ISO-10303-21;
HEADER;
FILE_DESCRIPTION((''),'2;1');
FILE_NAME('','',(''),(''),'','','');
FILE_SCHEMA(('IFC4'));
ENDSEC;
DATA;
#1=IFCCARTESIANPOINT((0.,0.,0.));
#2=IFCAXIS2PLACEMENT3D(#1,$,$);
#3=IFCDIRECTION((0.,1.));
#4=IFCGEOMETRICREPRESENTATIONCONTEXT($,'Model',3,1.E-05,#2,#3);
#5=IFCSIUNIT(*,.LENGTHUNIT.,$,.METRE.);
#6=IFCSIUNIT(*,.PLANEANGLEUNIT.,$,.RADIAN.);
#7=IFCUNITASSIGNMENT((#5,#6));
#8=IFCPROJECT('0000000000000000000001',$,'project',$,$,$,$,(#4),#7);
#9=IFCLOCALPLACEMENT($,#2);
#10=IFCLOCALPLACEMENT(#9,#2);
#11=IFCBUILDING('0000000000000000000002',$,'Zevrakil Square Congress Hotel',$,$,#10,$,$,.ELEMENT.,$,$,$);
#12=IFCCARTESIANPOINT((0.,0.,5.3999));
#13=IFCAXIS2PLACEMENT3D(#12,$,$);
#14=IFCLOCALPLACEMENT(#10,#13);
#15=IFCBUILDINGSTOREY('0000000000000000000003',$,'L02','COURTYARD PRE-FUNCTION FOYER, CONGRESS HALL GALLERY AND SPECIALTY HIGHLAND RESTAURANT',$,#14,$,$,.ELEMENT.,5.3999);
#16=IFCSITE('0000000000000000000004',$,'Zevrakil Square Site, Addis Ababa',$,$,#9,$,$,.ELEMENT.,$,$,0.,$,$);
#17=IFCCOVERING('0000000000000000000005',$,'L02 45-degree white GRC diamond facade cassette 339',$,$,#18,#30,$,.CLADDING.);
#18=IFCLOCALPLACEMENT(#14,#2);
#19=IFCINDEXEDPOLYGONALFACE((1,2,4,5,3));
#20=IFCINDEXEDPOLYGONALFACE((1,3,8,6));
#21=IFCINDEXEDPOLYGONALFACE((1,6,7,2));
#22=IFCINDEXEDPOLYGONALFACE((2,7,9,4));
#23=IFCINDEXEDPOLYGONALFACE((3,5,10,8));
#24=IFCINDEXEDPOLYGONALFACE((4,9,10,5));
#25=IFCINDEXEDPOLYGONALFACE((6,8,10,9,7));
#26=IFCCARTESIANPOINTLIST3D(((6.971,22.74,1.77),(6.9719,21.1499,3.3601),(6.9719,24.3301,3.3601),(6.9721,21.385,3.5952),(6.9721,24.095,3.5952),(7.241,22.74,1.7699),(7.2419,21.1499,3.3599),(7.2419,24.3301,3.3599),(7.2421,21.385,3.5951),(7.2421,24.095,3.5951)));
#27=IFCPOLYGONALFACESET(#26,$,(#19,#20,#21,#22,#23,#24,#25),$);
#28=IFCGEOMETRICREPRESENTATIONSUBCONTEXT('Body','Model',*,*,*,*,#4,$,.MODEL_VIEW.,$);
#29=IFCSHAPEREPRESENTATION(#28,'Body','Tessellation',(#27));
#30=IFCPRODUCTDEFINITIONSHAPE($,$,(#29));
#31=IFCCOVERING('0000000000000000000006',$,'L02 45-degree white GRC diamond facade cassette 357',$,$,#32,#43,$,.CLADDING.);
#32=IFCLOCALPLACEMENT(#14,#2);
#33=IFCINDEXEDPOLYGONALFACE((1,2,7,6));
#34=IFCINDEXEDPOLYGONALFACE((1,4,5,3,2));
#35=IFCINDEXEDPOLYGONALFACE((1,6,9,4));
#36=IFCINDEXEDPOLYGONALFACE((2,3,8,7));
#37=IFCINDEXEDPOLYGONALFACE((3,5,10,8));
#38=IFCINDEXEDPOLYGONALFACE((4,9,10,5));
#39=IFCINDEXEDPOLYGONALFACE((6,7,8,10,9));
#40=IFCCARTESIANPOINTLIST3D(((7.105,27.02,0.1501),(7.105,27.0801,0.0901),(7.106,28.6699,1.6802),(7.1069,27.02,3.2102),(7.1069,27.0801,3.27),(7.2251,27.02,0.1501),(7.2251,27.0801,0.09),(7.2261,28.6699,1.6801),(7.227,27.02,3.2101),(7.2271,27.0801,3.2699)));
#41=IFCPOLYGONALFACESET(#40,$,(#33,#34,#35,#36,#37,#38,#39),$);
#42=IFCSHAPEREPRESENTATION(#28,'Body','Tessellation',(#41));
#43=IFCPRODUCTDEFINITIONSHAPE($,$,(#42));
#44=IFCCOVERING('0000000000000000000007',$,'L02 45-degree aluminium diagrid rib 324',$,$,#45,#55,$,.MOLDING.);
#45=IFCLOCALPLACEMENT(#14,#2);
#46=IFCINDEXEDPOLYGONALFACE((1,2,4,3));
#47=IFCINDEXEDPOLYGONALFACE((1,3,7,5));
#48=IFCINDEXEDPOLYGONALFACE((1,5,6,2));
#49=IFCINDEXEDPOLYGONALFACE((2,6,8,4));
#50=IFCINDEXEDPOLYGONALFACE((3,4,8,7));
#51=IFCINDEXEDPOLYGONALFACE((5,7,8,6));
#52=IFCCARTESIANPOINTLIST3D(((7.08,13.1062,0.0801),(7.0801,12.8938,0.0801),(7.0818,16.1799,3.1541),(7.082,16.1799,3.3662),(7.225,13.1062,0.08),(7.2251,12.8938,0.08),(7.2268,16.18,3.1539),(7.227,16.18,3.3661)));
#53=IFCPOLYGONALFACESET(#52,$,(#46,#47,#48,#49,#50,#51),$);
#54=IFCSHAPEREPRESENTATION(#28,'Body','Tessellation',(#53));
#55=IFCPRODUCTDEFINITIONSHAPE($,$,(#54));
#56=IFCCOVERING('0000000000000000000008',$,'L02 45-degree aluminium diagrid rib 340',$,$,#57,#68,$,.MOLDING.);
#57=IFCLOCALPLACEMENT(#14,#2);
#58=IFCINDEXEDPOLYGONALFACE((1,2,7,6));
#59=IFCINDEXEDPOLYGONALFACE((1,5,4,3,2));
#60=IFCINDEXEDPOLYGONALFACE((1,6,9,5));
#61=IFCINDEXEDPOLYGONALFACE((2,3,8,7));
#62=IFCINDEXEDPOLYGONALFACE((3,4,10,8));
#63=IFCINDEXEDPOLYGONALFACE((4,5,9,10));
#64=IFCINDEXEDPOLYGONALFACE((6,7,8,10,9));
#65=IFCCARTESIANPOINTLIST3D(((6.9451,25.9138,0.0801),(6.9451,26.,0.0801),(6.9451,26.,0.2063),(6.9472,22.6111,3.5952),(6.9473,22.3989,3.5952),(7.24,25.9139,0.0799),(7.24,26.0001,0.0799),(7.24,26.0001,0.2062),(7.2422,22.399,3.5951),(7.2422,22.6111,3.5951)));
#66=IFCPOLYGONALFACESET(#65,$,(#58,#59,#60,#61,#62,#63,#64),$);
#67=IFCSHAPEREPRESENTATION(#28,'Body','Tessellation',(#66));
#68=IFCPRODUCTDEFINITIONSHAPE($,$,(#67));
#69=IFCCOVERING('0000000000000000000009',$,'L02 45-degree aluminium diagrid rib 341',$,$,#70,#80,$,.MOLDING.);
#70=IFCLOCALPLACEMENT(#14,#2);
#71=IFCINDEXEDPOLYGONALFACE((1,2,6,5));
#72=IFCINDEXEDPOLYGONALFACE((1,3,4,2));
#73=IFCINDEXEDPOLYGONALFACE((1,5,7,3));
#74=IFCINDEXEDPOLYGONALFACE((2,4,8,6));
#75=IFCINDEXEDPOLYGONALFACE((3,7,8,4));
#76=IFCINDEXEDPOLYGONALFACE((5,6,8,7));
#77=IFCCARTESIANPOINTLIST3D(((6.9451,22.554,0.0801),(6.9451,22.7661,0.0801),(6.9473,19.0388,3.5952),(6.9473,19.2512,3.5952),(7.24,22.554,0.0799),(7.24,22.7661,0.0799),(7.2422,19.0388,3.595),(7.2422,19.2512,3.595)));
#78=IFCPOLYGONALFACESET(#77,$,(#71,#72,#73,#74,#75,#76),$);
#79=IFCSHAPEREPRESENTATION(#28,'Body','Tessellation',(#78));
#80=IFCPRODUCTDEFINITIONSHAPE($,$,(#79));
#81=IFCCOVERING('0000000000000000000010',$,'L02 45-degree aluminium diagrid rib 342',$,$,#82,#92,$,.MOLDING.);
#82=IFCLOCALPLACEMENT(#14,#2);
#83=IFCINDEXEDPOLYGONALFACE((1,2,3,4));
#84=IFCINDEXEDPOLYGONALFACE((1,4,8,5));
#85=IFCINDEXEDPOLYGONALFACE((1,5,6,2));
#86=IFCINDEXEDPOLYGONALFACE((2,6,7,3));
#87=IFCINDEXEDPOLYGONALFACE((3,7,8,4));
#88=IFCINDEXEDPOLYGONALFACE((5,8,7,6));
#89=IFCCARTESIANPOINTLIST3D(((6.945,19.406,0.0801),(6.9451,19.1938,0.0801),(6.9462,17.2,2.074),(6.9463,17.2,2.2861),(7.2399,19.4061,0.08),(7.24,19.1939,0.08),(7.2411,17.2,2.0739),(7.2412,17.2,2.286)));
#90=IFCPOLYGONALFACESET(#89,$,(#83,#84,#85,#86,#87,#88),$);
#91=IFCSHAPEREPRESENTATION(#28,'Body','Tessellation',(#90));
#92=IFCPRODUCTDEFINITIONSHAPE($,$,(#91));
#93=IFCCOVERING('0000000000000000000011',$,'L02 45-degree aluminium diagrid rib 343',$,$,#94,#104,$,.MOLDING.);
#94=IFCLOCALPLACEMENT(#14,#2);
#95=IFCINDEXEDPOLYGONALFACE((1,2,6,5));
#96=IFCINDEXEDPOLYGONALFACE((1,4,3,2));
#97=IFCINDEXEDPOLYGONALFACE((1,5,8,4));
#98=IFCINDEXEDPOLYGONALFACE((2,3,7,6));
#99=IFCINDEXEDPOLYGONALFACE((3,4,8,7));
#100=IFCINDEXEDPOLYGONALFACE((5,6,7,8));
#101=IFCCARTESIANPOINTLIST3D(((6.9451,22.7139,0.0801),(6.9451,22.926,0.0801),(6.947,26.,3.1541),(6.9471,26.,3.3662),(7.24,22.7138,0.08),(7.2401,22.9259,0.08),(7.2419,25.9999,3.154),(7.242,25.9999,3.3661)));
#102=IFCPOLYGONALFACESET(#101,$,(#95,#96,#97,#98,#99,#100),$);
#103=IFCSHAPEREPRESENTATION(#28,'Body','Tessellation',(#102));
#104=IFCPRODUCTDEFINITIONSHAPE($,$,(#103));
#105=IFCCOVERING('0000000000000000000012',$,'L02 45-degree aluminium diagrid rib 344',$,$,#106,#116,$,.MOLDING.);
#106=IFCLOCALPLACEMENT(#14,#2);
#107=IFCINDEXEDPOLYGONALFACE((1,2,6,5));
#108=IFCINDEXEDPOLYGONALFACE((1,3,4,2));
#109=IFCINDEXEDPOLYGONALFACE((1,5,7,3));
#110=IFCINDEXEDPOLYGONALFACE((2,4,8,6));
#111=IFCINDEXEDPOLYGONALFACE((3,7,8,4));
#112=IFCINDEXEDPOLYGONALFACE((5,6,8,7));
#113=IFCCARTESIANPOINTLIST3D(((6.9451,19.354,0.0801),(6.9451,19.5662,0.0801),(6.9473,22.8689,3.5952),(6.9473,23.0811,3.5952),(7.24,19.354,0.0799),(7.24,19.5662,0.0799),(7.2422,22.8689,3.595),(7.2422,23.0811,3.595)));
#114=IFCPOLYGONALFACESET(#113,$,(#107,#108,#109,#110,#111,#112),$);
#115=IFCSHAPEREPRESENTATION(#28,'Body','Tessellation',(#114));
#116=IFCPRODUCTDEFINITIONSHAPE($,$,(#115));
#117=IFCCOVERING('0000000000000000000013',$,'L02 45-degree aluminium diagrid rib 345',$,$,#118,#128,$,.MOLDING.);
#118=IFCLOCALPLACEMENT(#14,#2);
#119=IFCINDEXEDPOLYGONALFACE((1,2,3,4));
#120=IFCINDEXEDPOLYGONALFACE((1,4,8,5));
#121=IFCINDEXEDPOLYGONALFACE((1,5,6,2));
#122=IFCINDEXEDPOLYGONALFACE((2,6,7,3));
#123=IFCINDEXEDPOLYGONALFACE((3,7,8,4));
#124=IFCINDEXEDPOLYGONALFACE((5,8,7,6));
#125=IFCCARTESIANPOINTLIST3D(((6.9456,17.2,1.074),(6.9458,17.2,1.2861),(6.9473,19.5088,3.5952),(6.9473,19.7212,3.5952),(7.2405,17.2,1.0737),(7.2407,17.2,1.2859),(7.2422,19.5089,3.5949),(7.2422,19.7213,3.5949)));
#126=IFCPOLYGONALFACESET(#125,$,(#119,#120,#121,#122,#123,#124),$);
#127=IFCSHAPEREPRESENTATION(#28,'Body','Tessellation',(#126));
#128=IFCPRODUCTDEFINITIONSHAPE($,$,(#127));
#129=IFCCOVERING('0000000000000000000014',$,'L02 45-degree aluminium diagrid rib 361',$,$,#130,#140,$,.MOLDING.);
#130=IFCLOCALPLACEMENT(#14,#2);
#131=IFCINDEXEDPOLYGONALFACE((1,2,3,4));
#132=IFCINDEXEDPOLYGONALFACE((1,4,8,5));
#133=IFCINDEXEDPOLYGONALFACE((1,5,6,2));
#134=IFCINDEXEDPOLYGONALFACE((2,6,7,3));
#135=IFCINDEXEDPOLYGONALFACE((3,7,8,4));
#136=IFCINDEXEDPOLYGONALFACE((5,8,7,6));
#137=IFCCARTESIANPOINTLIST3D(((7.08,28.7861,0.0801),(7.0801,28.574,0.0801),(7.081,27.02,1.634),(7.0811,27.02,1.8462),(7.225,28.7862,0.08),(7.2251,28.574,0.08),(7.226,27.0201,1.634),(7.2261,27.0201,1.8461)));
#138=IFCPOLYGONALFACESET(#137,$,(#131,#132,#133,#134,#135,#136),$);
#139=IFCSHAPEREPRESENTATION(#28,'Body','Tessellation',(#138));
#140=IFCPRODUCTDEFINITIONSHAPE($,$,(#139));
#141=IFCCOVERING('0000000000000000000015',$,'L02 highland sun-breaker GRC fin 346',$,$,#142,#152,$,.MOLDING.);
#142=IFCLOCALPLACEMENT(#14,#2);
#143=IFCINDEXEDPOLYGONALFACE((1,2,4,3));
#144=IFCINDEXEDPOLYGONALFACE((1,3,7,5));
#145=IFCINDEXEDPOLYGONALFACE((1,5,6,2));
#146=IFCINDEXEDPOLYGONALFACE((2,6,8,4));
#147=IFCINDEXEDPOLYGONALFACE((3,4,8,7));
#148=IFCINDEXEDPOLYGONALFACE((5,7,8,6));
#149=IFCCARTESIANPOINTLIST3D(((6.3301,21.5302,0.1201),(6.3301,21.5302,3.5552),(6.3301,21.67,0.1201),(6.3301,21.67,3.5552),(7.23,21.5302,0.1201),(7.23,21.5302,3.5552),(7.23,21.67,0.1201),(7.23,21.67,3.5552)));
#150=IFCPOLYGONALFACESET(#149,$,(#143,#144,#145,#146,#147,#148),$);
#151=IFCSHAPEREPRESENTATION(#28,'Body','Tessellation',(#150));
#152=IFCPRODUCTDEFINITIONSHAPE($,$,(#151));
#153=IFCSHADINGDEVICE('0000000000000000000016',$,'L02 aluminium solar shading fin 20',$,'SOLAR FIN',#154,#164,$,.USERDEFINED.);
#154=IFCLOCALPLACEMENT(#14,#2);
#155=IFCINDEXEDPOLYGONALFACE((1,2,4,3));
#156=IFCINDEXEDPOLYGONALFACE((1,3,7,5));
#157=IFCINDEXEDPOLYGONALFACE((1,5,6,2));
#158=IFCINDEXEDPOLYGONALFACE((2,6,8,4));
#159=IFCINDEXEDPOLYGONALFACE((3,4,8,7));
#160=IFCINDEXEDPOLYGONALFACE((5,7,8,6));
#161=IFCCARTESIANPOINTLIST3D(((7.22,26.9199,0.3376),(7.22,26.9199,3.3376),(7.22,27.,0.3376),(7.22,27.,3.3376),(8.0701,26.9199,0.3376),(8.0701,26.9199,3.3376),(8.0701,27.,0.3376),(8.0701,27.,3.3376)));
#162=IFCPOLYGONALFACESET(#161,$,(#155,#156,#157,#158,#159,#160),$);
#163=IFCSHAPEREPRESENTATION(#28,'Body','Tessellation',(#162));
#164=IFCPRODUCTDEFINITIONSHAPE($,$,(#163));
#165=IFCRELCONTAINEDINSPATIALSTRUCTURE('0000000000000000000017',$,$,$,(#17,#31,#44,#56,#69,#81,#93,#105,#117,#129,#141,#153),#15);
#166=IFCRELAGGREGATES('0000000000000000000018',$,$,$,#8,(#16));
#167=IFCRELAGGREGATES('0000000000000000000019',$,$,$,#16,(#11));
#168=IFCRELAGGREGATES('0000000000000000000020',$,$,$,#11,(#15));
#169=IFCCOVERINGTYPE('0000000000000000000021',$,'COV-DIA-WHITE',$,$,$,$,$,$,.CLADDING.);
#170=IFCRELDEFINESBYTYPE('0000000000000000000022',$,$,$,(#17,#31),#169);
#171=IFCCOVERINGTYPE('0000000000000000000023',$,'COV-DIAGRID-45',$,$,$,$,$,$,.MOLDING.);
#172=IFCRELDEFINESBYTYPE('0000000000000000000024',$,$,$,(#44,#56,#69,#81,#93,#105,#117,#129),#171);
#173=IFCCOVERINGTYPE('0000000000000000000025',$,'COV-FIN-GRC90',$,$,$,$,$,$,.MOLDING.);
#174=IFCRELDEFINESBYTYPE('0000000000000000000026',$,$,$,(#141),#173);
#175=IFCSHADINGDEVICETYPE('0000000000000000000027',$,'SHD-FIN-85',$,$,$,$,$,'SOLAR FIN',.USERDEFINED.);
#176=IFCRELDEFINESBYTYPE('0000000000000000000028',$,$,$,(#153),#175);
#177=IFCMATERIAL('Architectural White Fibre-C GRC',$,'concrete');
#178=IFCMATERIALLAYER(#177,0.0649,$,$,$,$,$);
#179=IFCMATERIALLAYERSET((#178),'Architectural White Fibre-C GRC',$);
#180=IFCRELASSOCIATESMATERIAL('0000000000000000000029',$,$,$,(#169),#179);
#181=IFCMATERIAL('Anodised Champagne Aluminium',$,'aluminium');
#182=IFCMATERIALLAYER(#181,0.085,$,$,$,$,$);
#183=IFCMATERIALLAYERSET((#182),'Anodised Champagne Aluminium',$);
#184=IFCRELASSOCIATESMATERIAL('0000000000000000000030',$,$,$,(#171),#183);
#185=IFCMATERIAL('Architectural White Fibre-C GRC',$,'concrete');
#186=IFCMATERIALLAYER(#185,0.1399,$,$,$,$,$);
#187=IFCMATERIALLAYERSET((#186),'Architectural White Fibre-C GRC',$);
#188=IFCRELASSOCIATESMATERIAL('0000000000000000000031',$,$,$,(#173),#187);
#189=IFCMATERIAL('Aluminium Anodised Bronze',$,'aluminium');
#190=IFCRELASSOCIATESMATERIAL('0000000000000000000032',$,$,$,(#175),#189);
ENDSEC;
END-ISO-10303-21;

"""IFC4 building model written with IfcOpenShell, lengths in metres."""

from ifc_helpers import new_model, si_unit, direction, frame, origin, origin_2d, place, context, subcontext, project, spatial, polyline, rectangle, outline, extrude, material, layer, layer_set, type_object, element, save


model = new_model("IFC4")

# Units and contexts
model_context = context("Model", 3, precision=1e-05, world=origin(), true_north=direction((0.0, 1.0)))
body_context = subcontext(model_context, "Body", "Model", "MODEL_VIEW")
ifc_project = project(units=[si_unit("LENGTHUNIT", "METRE"), si_unit("PLANEANGLEUNIT", "RADIAN")], contexts=[model_context])

# Site, building, storey
site_placement = place(None, origin())
site = spatial("IfcSite", under=ifc_project, at=site_placement, Name="Zevrakil Square Site, Addis Ababa", CompositionType="ELEMENT", RefElevation=0.0)
building_placement = place(site_placement, origin())
building = spatial("IfcBuilding", under=site, at=building_placement, Name="Zevrakil Square Congress Hotel", CompositionType="ELEMENT")
storey_placement = place(building_placement, frame((0.0, 0.0, 5.3999)))
storey = spatial("IfcBuildingStorey", under=building, at=storey_placement, Name="L02", Description="COURTYARD PRE-FUNCTION FOYER, CONGRESS HALL GALLERY AND SPECIALTY HIGHLAND RESTAURANT", CompositionType="ELEMENT", Elevation=5.3999)

# Coverings
ifc_material_1 = material(Name="Architectural White Fibre-C GRC", Category="concrete")
ifc_layer_1 = layer(ifc_material_1, 0.0649)
ifc_layer_set_1 = layer_set([ifc_layer_1], Name="Architectural White Fibre-C GRC")
covering_type_1 = type_object("IfcCoveringType", Name="COV-DIA-WHITE", PredefinedType="CLADDING", material=ifc_layer_set_1)
covering_1_placement = place(storey_placement, frame((6.9719, 21.1499, 3.3601), z_axis=(-1.0, 0.0, 0.000585), x_axis=(-0.000414, 0.707107, -0.707107)))
element("IfcCovering", 1, at=covering_1_placement, inside=storey, type_object=covering_type_1, Name="L02 45-degree white GRC diamond facade cassette 339", PredefinedType="CLADDING", context=body_context, shape_type="SweptSolid", body=[
    extrude(outline(polyline([(0.0, 0.0), (2.2487, 0.0), (2.2487, -2.2487), (1.9162, -2.2487), (0.0, -0.3325), (0.0, 0.0)])), origin(), (0.0, 0.0, -1.0), 0.27),
])
covering_2_placement = place(storey_placement, frame((7.105, 27.0801, 0.0901), z_axis=(-1.0, 0.0, 0.000615), x_axis=(0.000435, 0.707052, 0.707161)))
element("IfcCovering", 2, at=covering_2_placement, inside=storey, type_object=covering_type_1, Name="L02 45-degree white GRC diamond facade cassette 357", PredefinedType="CLADDING", context=body_context, shape_type="SweptSolid", body=[
    extrude(outline(polyline([(0.0, 0.0), (2.2486, 0.0), (2.2487, -2.2484), (2.164, -2.2486), (0.0, -0.0849), (0.0, 0.0)])), origin(), (0.0, 0.0, -1.0), 0.1201),
])
ifc_material_2 = material(Name="Anodised Champagne Aluminium", Category="aluminium")
ifc_layer_2 = layer(ifc_material_2, 0.085)
ifc_layer_set_2 = layer_set([ifc_layer_2], Name="Anodised Champagne Aluminium")
covering_type_2 = type_object("IfcCoveringType", Name="COV-DIAGRID-45", PredefinedType="MOLDING", material=ifc_layer_set_2)
covering_3_placement = place(storey_placement, frame((7.0818, 16.1799, 3.1541), z_axis=(-1.0, -0.000287, 0.000863), x_axis=(0.000863, 0.0, 1.0)))
element("IfcCovering", 3, at=covering_3_placement, inside=storey, type_object=covering_type_2, Name="L02 45-degree aluminium diagrid rib 324", PredefinedType="MOLDING", context=body_context, shape_type="SweptSolid", body=[
    extrude(outline(polyline([(0.0, 0.0), (0.2122, 0.0), (-3.074, -3.2861), (-3.074, -3.0737), (0.0, 0.0)])), origin(), (0.0, 0.0, -1.0), 0.145),
])
covering_4_placement = place(storey_placement, frame((6.9451, 25.9138, 0.0801), z_axis=(-1.0, -0.000188, 0.000444), x_axis=(-0.000188, 1.0, 0.0)))
element("IfcCovering", 4, at=covering_4_placement, inside=storey, type_object=covering_type_2, Name="L02 45-degree aluminium diagrid rib 340", PredefinedType="MOLDING", context=body_context, shape_type="SweptSolid", body=[
    extrude(outline(polyline([(0.0, 0.0), (0.0862, 0.0), (0.0862, -0.1262), (-3.3027, -3.5151), (-3.5149, -3.5151), (0.0, 0.0)])), origin(), (0.0, 0.0, -1.0), 0.2949),
])
covering_5_placement = place(storey_placement, frame((6.9451, 22.554, 0.0801), z_axis=(-1.0, 0.0, 0.000625), x_axis=(0.0, 1.0, 0.0)))
element("IfcCovering", 5, at=covering_5_placement, inside=storey, type_object=covering_type_2, Name="L02 45-degree aluminium diagrid rib 341", PredefinedType="MOLDING", context=body_context, shape_type="SweptSolid", body=[
    extrude(outline(polyline([(0.0, 0.0), (0.2122, 0.0), (-3.3027, -3.5151), (-3.5151, -3.5151), (0.0, 0.0)])), origin(), (0.0, 0.0, -1.0), 0.2949),
])
covering_6_placement = place(storey_placement, frame((6.9451, 19.1938, 0.0801), z_axis=(-1.0, -0.000291, 0.000291), x_axis=(-0.000291, 1.0, 0.0)))
element("IfcCovering", 6, at=covering_6_placement, inside=storey, type_object=covering_type_2, Name="L02 45-degree aluminium diagrid rib 342", PredefinedType="MOLDING", context=body_context, shape_type="SweptSolid", body=[
    extrude(outline(polyline([(0.0, 0.0), (0.2122, 0.0), (-1.9939, -2.2061), (-1.9939, -1.9939), (0.0, 0.0)])), origin(), (0.0, 0.0, -1.0), 0.2949),
])
covering_7_placement = place(storey_placement, frame((6.947, 26.0, 3.1541), z_axis=(-1.0, 0.000307, 0.000307), x_axis=(0.000307, 0.0, 1.0)))
element("IfcCovering", 7, at=covering_7_placement, inside=storey, type_object=covering_type_2, Name="L02 45-degree aluminium diagrid rib 343", PredefinedType="MOLDING", context=body_context, shape_type="SweptSolid", body=[
    extrude(outline(polyline([(0.0, 0.0), (0.2122, 0.0), (-3.074, -3.2861), (-3.074, -3.074), (0.0, 0.0)])), origin(), (0.0, 0.0, -1.0), 0.2949),
])
covering_8_placement = place(storey_placement, frame((6.9473, 23.0811, 3.5952), z_axis=(-1.0, 0.0, 0.000625), x_axis=(0.0, -1.0, 0.0)))
element("IfcCovering", 8, at=covering_8_placement, inside=storey, type_object=covering_type_2, Name="L02 45-degree aluminium diagrid rib 344", PredefinedType="MOLDING", context=body_context, shape_type="SweptSolid", body=[
    extrude(outline(polyline([(0.0, 0.0), (0.2122, 0.0), (3.7271, -3.5151), (3.5149, -3.5151), (0.0, 0.0)])), origin(), (0.0, 0.0, -1.0), 0.2949),
])
covering_9_placement = place(storey_placement, frame((6.9473, 19.7212, 3.5952), z_axis=(-1.0, -0.000247, 0.000904), x_axis=(0.000247, -1.0, 0.0)))
element("IfcCovering", 9, at=covering_9_placement, inside=storey, type_object=covering_type_2, Name="L02 45-degree aluminium diagrid rib 345", PredefinedType="MOLDING", context=body_context, shape_type="SweptSolid", body=[
    extrude(outline(polyline([(0.0, 0.0), (0.2124, 0.0), (2.5212, -2.3091), (2.5212, -2.5212), (0.0, 0.0)])), origin(), (0.0, 0.0, -1.0), 0.2949),
])
covering_10_placement = place(storey_placement, frame((7.0801, 28.574, 0.0801), z_axis=(-1.0, -0.000294, 0.000294), x_axis=(-0.000294, 1.0, 0.0)))
element("IfcCovering", 10, at=covering_10_placement, inside=storey, type_object=covering_type_2, Name="L02 45-degree aluminium diagrid rib 361", PredefinedType="MOLDING", context=body_context, shape_type="SweptSolid", body=[
    extrude(outline(polyline([(0.0, 0.0), (0.2122, 0.0), (-1.554, -1.7661), (-1.554, -1.554), (0.0, 0.0)])), origin(), (0.0, 0.0, -1.0), 0.145),
])
ifc_material_3 = material(Name="Architectural White Fibre-C GRC", Category="concrete")
ifc_layer_3 = layer(ifc_material_3, 0.1399)
ifc_layer_set_3 = layer_set([ifc_layer_3], Name="Architectural White Fibre-C GRC")
covering_type_3 = type_object("IfcCoveringType", Name="COV-FIN-GRC90", PredefinedType="MOLDING", material=ifc_layer_set_3)
covering_11_placement = place(storey_placement, frame((6.78, 21.6001, 0.1201), z_axis=(0.0, 0.0, 1.0), x_axis=(-1.0, 0.0, 0.0)))
element("IfcCovering", 11, at=covering_11_placement, inside=storey, type_object=covering_type_3, Name="L02 highland sun-breaker GRC fin 346", PredefinedType="MOLDING", context=body_context, shape_type="SweptSolid", body=[
    extrude(rectangle(XDim=0.8999, YDim=0.1399, at=origin_2d()), origin(), (0.0, 0.0, 1.0), 3.4351),
])

# Shading device
ifc_material_4 = material(Name="Aluminium Anodised Bronze", Category="aluminium")
shading_device_type = type_object("IfcShadingDeviceType", Name="SHD-FIN-85", ElementType="SOLAR FIN", PredefinedType="USERDEFINED", material=ifc_material_4)
shading_device_placement = place(storey_placement, frame((7.645, 26.96, 0.3376), z_axis=(0.0, 0.0, 1.0), x_axis=(1.0, 0.0, 0.0)))
element("IfcShadingDevice", 12, at=shading_device_placement, inside=storey, type_object=shading_device_type, Name="L02 aluminium solar shading fin 20", ObjectType="SOLAR FIN", PredefinedType="USERDEFINED", context=body_context, shape_type="SweptSolid", body=[
    extrude(rectangle(XDim=0.8501, YDim=0.0801, at=origin_2d()), origin(), (0.0, 0.0, 1.0), 3.0),
])

save(model, "model.ifc")
